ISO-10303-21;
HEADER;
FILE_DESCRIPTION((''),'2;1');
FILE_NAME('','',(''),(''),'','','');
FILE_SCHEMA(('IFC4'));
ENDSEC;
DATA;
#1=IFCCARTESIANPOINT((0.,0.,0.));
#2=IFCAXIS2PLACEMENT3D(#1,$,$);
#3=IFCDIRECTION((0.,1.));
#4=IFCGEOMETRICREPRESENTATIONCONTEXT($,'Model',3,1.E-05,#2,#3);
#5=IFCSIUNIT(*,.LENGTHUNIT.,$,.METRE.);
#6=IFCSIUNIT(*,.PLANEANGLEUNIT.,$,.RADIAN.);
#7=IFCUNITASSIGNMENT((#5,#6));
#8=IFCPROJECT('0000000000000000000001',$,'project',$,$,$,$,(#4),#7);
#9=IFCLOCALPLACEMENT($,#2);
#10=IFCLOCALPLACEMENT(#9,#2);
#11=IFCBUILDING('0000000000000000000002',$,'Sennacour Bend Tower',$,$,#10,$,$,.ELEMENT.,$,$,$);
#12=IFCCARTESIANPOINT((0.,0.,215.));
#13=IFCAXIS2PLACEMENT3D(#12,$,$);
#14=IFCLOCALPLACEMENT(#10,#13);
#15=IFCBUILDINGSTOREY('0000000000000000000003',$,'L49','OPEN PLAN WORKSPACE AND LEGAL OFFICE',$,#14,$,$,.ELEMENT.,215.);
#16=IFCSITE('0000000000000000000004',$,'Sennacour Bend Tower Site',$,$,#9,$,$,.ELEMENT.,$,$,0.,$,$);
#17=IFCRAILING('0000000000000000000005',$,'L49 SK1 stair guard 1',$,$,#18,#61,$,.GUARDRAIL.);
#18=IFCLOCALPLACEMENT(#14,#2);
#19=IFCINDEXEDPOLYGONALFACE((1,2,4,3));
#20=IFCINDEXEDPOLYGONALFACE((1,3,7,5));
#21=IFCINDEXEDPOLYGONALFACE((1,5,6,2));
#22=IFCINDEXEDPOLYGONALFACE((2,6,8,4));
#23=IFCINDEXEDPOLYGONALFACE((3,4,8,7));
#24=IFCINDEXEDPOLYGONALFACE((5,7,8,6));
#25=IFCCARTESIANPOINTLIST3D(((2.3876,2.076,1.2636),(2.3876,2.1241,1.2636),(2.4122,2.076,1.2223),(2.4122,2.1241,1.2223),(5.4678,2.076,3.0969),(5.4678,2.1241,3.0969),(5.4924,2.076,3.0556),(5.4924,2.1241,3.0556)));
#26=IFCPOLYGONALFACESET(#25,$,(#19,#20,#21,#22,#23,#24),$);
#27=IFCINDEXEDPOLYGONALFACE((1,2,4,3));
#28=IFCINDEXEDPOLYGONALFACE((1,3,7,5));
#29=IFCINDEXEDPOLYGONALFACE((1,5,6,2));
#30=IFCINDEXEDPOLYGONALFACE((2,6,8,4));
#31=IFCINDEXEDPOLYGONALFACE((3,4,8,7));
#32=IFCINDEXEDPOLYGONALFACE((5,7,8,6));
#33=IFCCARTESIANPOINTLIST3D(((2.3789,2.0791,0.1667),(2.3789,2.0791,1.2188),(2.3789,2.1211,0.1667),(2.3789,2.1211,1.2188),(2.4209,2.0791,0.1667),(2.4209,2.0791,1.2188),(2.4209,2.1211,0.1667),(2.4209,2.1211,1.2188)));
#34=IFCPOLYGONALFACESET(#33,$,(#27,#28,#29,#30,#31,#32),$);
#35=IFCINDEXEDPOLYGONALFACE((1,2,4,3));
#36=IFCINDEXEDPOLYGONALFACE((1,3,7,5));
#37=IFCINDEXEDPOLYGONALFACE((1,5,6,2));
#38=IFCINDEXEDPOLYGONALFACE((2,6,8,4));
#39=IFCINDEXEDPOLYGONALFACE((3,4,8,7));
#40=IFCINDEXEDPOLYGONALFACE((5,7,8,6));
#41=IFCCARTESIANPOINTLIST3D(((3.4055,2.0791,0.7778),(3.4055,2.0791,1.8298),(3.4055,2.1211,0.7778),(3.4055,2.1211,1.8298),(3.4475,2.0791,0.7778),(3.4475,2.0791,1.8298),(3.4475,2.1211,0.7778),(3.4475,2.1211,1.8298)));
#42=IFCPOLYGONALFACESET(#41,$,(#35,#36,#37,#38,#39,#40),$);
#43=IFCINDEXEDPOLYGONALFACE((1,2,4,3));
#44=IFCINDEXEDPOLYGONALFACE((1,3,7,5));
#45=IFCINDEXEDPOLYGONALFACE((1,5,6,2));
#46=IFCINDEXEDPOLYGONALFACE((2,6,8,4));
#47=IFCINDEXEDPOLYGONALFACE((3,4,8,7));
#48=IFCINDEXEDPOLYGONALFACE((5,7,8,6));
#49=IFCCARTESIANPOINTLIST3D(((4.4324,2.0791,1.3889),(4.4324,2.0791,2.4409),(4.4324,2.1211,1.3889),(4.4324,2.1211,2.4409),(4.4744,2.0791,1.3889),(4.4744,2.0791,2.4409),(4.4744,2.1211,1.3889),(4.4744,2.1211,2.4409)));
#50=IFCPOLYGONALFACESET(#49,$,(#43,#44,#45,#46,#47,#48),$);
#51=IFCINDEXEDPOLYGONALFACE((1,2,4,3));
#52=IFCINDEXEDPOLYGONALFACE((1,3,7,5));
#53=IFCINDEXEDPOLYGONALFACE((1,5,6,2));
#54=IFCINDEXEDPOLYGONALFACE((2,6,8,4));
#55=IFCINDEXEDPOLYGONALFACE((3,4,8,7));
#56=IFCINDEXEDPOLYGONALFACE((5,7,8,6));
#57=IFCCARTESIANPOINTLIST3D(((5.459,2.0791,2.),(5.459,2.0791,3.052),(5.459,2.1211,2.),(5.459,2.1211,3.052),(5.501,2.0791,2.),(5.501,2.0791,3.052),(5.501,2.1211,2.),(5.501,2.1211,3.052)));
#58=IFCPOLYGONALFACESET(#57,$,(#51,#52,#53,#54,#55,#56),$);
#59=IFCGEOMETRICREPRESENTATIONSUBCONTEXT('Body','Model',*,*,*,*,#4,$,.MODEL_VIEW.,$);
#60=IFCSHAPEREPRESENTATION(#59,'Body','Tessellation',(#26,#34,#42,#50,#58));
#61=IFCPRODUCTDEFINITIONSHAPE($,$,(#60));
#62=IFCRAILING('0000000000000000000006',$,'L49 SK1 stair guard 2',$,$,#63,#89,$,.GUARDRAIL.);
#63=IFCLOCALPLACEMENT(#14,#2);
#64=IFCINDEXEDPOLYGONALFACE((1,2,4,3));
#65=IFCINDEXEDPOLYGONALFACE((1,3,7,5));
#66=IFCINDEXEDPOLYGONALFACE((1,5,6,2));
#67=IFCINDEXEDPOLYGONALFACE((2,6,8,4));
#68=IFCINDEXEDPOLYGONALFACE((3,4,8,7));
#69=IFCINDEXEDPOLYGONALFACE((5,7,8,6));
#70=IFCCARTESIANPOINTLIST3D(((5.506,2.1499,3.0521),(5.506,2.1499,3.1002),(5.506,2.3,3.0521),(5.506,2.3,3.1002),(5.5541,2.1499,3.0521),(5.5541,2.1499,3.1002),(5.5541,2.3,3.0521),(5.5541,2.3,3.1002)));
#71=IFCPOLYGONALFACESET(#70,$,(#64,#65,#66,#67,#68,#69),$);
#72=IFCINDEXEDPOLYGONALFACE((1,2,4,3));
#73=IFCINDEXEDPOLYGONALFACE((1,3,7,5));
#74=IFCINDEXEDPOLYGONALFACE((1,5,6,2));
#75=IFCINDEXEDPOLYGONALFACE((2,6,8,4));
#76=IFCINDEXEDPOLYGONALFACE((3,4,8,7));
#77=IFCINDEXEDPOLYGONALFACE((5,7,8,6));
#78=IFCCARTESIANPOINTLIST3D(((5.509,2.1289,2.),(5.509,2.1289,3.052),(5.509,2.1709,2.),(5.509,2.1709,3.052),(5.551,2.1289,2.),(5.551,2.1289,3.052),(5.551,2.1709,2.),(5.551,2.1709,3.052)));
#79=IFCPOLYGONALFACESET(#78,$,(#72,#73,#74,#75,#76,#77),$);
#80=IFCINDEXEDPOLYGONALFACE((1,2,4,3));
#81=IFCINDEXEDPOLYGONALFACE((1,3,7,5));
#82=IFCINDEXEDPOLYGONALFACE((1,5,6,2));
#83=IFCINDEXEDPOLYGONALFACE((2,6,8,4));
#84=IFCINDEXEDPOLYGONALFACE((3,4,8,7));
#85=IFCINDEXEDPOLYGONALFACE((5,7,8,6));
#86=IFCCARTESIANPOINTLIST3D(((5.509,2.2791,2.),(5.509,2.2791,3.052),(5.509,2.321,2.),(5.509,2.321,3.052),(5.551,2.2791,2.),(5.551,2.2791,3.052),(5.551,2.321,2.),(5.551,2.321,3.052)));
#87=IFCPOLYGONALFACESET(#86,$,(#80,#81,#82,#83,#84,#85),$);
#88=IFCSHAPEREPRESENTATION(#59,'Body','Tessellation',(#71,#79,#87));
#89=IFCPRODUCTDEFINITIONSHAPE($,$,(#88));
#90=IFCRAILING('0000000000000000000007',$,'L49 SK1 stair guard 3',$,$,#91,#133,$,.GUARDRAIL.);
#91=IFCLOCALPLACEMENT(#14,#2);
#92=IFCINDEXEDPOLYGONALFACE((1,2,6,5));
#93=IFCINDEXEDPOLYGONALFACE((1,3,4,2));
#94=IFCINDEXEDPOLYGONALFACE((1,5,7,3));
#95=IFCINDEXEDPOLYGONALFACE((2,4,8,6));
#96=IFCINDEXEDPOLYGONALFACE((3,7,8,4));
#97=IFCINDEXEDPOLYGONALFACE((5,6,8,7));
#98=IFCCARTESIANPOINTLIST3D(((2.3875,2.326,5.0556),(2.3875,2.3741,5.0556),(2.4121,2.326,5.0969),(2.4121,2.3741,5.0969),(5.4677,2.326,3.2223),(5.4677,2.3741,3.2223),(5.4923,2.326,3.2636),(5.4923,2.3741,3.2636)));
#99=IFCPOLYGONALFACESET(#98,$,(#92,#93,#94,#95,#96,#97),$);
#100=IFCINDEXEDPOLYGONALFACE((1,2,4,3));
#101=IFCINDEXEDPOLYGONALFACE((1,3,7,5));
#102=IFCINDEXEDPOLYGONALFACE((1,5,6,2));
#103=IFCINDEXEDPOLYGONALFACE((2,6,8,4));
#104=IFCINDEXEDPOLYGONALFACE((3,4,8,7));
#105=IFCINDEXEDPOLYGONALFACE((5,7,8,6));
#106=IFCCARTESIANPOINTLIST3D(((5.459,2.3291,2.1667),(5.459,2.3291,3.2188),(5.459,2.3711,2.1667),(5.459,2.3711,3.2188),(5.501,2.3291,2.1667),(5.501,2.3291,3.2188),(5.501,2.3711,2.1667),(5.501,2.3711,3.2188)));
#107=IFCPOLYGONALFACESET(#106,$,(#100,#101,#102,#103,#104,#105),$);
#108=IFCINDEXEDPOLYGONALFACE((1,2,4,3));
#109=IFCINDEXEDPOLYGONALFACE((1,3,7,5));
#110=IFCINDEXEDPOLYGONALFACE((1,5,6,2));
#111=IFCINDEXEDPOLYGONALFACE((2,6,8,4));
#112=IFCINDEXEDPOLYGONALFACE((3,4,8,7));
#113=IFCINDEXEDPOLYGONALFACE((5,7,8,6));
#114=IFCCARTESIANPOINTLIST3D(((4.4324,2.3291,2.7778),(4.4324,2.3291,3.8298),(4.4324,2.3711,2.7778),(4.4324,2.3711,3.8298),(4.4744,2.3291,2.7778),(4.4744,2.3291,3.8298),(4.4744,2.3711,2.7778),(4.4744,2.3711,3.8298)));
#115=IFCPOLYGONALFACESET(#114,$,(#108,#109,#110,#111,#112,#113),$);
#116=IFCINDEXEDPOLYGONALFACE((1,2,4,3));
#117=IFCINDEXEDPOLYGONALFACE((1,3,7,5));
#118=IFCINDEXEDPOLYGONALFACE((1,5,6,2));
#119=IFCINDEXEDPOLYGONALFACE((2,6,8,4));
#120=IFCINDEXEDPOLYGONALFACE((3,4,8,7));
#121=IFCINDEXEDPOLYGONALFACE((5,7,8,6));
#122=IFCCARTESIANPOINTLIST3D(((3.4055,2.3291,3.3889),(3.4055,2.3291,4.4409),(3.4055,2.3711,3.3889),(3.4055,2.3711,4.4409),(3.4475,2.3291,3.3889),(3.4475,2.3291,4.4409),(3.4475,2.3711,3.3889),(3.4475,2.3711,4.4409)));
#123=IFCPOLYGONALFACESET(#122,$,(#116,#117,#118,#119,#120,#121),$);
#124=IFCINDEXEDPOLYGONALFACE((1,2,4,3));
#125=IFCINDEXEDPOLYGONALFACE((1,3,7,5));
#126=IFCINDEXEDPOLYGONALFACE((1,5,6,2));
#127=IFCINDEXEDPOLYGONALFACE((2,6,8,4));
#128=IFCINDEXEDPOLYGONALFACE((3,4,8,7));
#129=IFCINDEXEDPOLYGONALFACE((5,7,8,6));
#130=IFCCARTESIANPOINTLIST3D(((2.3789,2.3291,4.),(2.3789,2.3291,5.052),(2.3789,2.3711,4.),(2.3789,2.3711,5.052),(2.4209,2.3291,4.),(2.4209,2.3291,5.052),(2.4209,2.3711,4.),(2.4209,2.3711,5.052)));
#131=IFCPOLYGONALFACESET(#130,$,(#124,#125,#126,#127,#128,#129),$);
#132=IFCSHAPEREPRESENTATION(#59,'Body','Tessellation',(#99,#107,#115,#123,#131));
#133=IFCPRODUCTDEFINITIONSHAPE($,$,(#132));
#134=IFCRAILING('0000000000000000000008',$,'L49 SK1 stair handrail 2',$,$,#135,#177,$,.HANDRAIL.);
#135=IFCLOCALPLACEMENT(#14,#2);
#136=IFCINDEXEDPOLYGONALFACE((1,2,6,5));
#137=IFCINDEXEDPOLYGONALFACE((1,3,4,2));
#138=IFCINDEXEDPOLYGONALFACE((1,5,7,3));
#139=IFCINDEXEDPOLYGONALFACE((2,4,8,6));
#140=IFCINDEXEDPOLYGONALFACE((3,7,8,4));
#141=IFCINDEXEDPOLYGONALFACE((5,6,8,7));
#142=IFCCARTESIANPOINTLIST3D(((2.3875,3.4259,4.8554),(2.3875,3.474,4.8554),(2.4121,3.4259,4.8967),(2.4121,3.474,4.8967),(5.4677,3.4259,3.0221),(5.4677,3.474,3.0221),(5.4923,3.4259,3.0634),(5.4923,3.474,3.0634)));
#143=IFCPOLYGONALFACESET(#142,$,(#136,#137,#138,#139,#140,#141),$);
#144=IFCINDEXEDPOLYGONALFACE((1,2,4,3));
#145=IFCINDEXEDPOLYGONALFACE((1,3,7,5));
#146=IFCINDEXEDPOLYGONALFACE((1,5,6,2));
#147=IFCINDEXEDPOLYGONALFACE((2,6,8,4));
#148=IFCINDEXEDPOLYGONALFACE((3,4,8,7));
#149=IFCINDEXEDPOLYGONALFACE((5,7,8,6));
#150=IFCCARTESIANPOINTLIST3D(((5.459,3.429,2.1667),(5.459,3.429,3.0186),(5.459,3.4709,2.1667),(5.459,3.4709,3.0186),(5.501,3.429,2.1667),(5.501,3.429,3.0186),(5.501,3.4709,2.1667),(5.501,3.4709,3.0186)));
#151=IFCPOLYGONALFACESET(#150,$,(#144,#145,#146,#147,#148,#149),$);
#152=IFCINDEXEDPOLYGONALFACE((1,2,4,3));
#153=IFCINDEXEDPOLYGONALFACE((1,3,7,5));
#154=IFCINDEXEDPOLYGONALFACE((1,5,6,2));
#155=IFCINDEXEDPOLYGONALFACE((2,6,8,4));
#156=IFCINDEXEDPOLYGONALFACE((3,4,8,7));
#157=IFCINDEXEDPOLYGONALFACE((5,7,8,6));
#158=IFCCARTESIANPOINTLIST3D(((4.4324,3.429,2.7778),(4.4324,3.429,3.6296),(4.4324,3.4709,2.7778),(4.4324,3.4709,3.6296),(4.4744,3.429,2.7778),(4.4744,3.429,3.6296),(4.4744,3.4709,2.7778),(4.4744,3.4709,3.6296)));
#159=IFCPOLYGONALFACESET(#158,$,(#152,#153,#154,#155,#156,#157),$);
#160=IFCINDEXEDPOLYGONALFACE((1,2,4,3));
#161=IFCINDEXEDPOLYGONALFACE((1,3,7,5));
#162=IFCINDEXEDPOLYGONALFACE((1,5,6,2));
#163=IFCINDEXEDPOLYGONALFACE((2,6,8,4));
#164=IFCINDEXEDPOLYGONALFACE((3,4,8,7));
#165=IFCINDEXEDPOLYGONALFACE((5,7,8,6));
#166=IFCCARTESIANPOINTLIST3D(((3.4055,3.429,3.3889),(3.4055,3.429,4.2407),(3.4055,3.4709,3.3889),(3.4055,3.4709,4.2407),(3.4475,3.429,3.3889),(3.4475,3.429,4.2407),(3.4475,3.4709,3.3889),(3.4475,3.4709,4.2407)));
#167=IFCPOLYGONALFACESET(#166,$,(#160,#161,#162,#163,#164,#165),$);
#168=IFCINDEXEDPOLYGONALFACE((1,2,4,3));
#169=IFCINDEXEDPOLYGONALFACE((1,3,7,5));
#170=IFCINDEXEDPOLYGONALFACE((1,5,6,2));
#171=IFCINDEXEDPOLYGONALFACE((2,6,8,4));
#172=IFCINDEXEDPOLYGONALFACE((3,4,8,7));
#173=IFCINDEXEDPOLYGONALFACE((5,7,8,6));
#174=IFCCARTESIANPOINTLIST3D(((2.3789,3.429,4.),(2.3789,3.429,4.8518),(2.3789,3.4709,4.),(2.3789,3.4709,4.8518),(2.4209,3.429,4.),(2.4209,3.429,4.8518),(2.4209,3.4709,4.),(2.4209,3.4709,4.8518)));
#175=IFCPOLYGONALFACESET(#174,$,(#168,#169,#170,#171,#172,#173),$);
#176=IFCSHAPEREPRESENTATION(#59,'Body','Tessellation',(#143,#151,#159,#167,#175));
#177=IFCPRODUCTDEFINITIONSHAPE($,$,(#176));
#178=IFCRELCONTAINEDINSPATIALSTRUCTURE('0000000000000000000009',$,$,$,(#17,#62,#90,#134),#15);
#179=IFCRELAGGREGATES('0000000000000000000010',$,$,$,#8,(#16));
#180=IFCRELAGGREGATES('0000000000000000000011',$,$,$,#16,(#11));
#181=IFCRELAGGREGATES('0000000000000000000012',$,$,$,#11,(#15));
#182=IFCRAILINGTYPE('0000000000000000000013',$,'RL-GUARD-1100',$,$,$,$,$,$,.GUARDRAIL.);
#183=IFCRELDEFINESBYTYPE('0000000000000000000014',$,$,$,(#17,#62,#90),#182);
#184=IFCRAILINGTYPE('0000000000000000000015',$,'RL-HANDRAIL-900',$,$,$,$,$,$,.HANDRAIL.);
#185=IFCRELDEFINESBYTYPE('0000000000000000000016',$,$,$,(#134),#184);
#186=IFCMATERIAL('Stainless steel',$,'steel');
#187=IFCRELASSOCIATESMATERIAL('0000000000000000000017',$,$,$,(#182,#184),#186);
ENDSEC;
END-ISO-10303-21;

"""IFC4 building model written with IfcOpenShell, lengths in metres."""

from ifc_helpers import new_model, si_unit, direction, frame, origin, origin_2d, place, context, subcontext, project, spatial, rectangle, extrude, material, type_object, element, save


model = new_model("IFC4")

# Units and contexts
model_context = context("Model", 3, precision=1e-05, world=origin(), true_north=direction((0.0, 1.0)))
body_context = subcontext(model_context, "Body", "Model", "MODEL_VIEW")
ifc_project = project(units=[si_unit("LENGTHUNIT", "METRE"), si_unit("PLANEANGLEUNIT", "RADIAN")], contexts=[model_context])

# Site, building, storey
site_placement = place(None, origin())
site = spatial("IfcSite", under=ifc_project, at=site_placement, Name="Sennacour Bend Tower Site", CompositionType="ELEMENT", RefElevation=0.0)
building_placement = place(site_placement, origin())
building = spatial("IfcBuilding", under=site, at=building_placement, Name="Sennacour Bend Tower", CompositionType="ELEMENT")
storey_placement = place(building_placement, frame((0.0, 0.0, 215.0)))
storey = spatial("IfcBuildingStorey", under=building, at=storey_placement, Name="L49", Description="OPEN PLAN WORKSPACE AND LEGAL OFFICE", CompositionType="ELEMENT", Elevation=215.0)

# Railings
ifc_material_1 = material(Name="Stainless steel", Category="steel")
railing_type_1 = type_object("IfcRailingType", Name="RL-GUARD-1100", PredefinedType="GUARDRAIL", material=ifc_material_1)
railing_1_placement = place(storey_placement, frame((2.3999, 2.1001, 0.1667)))
element("IfcRailing", 1, at=railing_1_placement, inside=storey, type_object=railing_type_1, Name="L49 SK1 stair guard 1", PredefinedType="GUARDRAIL", context=body_context, shape_type="SweptSolid", body=[
    extrude(rectangle(XDim=0.0481, YDim=0.0481, at=origin_2d()), frame((0.0, 0.0, 1.0762), z_axis=(0.859309, 0.0, 0.511458), x_axis=(0.0, 1.0, 0.0)), (0.0, 0.0, 1.0), 3.5845),
    extrude(rectangle(XDim=0.042, YDim=0.042, at=origin_2d()), origin(), (0.0, 0.0, 1.0), 1.052),
    extrude(rectangle(XDim=0.042, YDim=0.042, at=origin_2d()), frame((1.0266, 0.0, 0.6111)), (0.0, 0.0, 1.0), 1.052),
    extrude(rectangle(XDim=0.042, YDim=0.042, at=origin_2d()), frame((2.0535, 0.0, 1.2222)), (0.0, 0.0, 1.0), 1.052),
    extrude(rectangle(XDim=0.042, YDim=0.042, at=origin_2d()), frame((3.0801, 0.0, 1.8333)), (0.0, 0.0, 1.0), 1.052),
])
railing_2_placement = place(storey_placement, frame((5.53, 2.1499, 2.0)))
element("IfcRailing", 2, at=railing_2_placement, inside=storey, type_object=railing_type_1, Name="L49 SK1 stair guard 2", PredefinedType="GUARDRAIL", context=body_context, shape_type="SweptSolid", body=[
    extrude(rectangle(XDim=0.0481, YDim=0.0481, at=origin_2d()), frame((0.0, 0.0, 1.0762), z_axis=(0.0, 1.0, 0.0), x_axis=(-1.0, 0.0, 0.0)), (0.0, 0.0, 1.0), 0.1501),
    extrude(rectangle(XDim=0.042, YDim=0.042, at=origin_2d()), origin(), (0.0, 0.0, 1.0), 1.052),
    extrude(rectangle(XDim=0.042, YDim=0.042, at=origin_2d()), frame((0.0, 0.1501, 0.0)), (0.0, 0.0, 1.0), 1.052),
])
railing_3_placement = place(storey_placement, frame((5.48, 2.3501, 2.1667)))
element("IfcRailing", 3, at=railing_3_placement, inside=storey, type_object=railing_type_1, Name="L49 SK1 stair guard 3", PredefinedType="GUARDRAIL", context=body_context, shape_type="SweptSolid", body=[
    extrude(rectangle(XDim=0.0481, YDim=0.0481, at=origin_2d()), frame((0.0, 0.0, 1.0762), z_axis=(-0.859309, 0.0, 0.511458), x_axis=(0.0, -1.0, 0.0)), (0.0, 0.0, 1.0), 3.5845),
    extrude(rectangle(XDim=0.042, YDim=0.042, at=origin_2d()), origin(), (0.0, 0.0, 1.0), 1.052),
    extrude(rectangle(XDim=0.042, YDim=0.042, at=origin_2d()), frame((-1.0266, 0.0, 0.6111)), (0.0, 0.0, 1.0), 1.052),
    extrude(rectangle(XDim=0.042, YDim=0.042, at=origin_2d()), frame((-2.0535, 0.0, 1.2222)), (0.0, 0.0, 1.0), 1.052),
    extrude(rectangle(XDim=0.042, YDim=0.042, at=origin_2d()), frame((-3.0801, 0.0, 1.8333)), (0.0, 0.0, 1.0), 1.052),
])
railing_type_2 = type_object("IfcRailingType", Name="RL-HANDRAIL-900", PredefinedType="HANDRAIL", material=ifc_material_1)
railing_4_placement = place(storey_placement, frame((5.48, 3.45, 2.1667)))
element("IfcRailing", 4, at=railing_4_placement, inside=storey, type_object=railing_type_2, Name="L49 SK1 stair handrail 2", PredefinedType="HANDRAIL", context=body_context, shape_type="SweptSolid", body=[
    extrude(rectangle(XDim=0.0481, YDim=0.0481, at=origin_2d()), frame((0.0, 0.0, 0.876), z_axis=(-0.859309, 0.0, 0.511458), x_axis=(0.0, -1.0, 0.0)), (0.0, 0.0, 1.0), 3.5845),
    extrude(rectangle(XDim=0.042, YDim=0.042, at=origin_2d()), origin(), (0.0, 0.0, 1.0), 0.8518),
    extrude(rectangle(XDim=0.042, YDim=0.042, at=origin_2d()), frame((-1.0266, 0.0, 0.6111)), (0.0, 0.0, 1.0), 0.8518),
    extrude(rectangle(XDim=0.042, YDim=0.042, at=origin_2d()), frame((-2.0535, 0.0, 1.2222)), (0.0, 0.0, 1.0), 0.8518),
    extrude(rectangle(XDim=0.042, YDim=0.042, at=origin_2d()), frame((-3.0801, 0.0, 1.8333)), (0.0, 0.0, 1.0), 0.8518),
])

save(model, "model.ifc")
